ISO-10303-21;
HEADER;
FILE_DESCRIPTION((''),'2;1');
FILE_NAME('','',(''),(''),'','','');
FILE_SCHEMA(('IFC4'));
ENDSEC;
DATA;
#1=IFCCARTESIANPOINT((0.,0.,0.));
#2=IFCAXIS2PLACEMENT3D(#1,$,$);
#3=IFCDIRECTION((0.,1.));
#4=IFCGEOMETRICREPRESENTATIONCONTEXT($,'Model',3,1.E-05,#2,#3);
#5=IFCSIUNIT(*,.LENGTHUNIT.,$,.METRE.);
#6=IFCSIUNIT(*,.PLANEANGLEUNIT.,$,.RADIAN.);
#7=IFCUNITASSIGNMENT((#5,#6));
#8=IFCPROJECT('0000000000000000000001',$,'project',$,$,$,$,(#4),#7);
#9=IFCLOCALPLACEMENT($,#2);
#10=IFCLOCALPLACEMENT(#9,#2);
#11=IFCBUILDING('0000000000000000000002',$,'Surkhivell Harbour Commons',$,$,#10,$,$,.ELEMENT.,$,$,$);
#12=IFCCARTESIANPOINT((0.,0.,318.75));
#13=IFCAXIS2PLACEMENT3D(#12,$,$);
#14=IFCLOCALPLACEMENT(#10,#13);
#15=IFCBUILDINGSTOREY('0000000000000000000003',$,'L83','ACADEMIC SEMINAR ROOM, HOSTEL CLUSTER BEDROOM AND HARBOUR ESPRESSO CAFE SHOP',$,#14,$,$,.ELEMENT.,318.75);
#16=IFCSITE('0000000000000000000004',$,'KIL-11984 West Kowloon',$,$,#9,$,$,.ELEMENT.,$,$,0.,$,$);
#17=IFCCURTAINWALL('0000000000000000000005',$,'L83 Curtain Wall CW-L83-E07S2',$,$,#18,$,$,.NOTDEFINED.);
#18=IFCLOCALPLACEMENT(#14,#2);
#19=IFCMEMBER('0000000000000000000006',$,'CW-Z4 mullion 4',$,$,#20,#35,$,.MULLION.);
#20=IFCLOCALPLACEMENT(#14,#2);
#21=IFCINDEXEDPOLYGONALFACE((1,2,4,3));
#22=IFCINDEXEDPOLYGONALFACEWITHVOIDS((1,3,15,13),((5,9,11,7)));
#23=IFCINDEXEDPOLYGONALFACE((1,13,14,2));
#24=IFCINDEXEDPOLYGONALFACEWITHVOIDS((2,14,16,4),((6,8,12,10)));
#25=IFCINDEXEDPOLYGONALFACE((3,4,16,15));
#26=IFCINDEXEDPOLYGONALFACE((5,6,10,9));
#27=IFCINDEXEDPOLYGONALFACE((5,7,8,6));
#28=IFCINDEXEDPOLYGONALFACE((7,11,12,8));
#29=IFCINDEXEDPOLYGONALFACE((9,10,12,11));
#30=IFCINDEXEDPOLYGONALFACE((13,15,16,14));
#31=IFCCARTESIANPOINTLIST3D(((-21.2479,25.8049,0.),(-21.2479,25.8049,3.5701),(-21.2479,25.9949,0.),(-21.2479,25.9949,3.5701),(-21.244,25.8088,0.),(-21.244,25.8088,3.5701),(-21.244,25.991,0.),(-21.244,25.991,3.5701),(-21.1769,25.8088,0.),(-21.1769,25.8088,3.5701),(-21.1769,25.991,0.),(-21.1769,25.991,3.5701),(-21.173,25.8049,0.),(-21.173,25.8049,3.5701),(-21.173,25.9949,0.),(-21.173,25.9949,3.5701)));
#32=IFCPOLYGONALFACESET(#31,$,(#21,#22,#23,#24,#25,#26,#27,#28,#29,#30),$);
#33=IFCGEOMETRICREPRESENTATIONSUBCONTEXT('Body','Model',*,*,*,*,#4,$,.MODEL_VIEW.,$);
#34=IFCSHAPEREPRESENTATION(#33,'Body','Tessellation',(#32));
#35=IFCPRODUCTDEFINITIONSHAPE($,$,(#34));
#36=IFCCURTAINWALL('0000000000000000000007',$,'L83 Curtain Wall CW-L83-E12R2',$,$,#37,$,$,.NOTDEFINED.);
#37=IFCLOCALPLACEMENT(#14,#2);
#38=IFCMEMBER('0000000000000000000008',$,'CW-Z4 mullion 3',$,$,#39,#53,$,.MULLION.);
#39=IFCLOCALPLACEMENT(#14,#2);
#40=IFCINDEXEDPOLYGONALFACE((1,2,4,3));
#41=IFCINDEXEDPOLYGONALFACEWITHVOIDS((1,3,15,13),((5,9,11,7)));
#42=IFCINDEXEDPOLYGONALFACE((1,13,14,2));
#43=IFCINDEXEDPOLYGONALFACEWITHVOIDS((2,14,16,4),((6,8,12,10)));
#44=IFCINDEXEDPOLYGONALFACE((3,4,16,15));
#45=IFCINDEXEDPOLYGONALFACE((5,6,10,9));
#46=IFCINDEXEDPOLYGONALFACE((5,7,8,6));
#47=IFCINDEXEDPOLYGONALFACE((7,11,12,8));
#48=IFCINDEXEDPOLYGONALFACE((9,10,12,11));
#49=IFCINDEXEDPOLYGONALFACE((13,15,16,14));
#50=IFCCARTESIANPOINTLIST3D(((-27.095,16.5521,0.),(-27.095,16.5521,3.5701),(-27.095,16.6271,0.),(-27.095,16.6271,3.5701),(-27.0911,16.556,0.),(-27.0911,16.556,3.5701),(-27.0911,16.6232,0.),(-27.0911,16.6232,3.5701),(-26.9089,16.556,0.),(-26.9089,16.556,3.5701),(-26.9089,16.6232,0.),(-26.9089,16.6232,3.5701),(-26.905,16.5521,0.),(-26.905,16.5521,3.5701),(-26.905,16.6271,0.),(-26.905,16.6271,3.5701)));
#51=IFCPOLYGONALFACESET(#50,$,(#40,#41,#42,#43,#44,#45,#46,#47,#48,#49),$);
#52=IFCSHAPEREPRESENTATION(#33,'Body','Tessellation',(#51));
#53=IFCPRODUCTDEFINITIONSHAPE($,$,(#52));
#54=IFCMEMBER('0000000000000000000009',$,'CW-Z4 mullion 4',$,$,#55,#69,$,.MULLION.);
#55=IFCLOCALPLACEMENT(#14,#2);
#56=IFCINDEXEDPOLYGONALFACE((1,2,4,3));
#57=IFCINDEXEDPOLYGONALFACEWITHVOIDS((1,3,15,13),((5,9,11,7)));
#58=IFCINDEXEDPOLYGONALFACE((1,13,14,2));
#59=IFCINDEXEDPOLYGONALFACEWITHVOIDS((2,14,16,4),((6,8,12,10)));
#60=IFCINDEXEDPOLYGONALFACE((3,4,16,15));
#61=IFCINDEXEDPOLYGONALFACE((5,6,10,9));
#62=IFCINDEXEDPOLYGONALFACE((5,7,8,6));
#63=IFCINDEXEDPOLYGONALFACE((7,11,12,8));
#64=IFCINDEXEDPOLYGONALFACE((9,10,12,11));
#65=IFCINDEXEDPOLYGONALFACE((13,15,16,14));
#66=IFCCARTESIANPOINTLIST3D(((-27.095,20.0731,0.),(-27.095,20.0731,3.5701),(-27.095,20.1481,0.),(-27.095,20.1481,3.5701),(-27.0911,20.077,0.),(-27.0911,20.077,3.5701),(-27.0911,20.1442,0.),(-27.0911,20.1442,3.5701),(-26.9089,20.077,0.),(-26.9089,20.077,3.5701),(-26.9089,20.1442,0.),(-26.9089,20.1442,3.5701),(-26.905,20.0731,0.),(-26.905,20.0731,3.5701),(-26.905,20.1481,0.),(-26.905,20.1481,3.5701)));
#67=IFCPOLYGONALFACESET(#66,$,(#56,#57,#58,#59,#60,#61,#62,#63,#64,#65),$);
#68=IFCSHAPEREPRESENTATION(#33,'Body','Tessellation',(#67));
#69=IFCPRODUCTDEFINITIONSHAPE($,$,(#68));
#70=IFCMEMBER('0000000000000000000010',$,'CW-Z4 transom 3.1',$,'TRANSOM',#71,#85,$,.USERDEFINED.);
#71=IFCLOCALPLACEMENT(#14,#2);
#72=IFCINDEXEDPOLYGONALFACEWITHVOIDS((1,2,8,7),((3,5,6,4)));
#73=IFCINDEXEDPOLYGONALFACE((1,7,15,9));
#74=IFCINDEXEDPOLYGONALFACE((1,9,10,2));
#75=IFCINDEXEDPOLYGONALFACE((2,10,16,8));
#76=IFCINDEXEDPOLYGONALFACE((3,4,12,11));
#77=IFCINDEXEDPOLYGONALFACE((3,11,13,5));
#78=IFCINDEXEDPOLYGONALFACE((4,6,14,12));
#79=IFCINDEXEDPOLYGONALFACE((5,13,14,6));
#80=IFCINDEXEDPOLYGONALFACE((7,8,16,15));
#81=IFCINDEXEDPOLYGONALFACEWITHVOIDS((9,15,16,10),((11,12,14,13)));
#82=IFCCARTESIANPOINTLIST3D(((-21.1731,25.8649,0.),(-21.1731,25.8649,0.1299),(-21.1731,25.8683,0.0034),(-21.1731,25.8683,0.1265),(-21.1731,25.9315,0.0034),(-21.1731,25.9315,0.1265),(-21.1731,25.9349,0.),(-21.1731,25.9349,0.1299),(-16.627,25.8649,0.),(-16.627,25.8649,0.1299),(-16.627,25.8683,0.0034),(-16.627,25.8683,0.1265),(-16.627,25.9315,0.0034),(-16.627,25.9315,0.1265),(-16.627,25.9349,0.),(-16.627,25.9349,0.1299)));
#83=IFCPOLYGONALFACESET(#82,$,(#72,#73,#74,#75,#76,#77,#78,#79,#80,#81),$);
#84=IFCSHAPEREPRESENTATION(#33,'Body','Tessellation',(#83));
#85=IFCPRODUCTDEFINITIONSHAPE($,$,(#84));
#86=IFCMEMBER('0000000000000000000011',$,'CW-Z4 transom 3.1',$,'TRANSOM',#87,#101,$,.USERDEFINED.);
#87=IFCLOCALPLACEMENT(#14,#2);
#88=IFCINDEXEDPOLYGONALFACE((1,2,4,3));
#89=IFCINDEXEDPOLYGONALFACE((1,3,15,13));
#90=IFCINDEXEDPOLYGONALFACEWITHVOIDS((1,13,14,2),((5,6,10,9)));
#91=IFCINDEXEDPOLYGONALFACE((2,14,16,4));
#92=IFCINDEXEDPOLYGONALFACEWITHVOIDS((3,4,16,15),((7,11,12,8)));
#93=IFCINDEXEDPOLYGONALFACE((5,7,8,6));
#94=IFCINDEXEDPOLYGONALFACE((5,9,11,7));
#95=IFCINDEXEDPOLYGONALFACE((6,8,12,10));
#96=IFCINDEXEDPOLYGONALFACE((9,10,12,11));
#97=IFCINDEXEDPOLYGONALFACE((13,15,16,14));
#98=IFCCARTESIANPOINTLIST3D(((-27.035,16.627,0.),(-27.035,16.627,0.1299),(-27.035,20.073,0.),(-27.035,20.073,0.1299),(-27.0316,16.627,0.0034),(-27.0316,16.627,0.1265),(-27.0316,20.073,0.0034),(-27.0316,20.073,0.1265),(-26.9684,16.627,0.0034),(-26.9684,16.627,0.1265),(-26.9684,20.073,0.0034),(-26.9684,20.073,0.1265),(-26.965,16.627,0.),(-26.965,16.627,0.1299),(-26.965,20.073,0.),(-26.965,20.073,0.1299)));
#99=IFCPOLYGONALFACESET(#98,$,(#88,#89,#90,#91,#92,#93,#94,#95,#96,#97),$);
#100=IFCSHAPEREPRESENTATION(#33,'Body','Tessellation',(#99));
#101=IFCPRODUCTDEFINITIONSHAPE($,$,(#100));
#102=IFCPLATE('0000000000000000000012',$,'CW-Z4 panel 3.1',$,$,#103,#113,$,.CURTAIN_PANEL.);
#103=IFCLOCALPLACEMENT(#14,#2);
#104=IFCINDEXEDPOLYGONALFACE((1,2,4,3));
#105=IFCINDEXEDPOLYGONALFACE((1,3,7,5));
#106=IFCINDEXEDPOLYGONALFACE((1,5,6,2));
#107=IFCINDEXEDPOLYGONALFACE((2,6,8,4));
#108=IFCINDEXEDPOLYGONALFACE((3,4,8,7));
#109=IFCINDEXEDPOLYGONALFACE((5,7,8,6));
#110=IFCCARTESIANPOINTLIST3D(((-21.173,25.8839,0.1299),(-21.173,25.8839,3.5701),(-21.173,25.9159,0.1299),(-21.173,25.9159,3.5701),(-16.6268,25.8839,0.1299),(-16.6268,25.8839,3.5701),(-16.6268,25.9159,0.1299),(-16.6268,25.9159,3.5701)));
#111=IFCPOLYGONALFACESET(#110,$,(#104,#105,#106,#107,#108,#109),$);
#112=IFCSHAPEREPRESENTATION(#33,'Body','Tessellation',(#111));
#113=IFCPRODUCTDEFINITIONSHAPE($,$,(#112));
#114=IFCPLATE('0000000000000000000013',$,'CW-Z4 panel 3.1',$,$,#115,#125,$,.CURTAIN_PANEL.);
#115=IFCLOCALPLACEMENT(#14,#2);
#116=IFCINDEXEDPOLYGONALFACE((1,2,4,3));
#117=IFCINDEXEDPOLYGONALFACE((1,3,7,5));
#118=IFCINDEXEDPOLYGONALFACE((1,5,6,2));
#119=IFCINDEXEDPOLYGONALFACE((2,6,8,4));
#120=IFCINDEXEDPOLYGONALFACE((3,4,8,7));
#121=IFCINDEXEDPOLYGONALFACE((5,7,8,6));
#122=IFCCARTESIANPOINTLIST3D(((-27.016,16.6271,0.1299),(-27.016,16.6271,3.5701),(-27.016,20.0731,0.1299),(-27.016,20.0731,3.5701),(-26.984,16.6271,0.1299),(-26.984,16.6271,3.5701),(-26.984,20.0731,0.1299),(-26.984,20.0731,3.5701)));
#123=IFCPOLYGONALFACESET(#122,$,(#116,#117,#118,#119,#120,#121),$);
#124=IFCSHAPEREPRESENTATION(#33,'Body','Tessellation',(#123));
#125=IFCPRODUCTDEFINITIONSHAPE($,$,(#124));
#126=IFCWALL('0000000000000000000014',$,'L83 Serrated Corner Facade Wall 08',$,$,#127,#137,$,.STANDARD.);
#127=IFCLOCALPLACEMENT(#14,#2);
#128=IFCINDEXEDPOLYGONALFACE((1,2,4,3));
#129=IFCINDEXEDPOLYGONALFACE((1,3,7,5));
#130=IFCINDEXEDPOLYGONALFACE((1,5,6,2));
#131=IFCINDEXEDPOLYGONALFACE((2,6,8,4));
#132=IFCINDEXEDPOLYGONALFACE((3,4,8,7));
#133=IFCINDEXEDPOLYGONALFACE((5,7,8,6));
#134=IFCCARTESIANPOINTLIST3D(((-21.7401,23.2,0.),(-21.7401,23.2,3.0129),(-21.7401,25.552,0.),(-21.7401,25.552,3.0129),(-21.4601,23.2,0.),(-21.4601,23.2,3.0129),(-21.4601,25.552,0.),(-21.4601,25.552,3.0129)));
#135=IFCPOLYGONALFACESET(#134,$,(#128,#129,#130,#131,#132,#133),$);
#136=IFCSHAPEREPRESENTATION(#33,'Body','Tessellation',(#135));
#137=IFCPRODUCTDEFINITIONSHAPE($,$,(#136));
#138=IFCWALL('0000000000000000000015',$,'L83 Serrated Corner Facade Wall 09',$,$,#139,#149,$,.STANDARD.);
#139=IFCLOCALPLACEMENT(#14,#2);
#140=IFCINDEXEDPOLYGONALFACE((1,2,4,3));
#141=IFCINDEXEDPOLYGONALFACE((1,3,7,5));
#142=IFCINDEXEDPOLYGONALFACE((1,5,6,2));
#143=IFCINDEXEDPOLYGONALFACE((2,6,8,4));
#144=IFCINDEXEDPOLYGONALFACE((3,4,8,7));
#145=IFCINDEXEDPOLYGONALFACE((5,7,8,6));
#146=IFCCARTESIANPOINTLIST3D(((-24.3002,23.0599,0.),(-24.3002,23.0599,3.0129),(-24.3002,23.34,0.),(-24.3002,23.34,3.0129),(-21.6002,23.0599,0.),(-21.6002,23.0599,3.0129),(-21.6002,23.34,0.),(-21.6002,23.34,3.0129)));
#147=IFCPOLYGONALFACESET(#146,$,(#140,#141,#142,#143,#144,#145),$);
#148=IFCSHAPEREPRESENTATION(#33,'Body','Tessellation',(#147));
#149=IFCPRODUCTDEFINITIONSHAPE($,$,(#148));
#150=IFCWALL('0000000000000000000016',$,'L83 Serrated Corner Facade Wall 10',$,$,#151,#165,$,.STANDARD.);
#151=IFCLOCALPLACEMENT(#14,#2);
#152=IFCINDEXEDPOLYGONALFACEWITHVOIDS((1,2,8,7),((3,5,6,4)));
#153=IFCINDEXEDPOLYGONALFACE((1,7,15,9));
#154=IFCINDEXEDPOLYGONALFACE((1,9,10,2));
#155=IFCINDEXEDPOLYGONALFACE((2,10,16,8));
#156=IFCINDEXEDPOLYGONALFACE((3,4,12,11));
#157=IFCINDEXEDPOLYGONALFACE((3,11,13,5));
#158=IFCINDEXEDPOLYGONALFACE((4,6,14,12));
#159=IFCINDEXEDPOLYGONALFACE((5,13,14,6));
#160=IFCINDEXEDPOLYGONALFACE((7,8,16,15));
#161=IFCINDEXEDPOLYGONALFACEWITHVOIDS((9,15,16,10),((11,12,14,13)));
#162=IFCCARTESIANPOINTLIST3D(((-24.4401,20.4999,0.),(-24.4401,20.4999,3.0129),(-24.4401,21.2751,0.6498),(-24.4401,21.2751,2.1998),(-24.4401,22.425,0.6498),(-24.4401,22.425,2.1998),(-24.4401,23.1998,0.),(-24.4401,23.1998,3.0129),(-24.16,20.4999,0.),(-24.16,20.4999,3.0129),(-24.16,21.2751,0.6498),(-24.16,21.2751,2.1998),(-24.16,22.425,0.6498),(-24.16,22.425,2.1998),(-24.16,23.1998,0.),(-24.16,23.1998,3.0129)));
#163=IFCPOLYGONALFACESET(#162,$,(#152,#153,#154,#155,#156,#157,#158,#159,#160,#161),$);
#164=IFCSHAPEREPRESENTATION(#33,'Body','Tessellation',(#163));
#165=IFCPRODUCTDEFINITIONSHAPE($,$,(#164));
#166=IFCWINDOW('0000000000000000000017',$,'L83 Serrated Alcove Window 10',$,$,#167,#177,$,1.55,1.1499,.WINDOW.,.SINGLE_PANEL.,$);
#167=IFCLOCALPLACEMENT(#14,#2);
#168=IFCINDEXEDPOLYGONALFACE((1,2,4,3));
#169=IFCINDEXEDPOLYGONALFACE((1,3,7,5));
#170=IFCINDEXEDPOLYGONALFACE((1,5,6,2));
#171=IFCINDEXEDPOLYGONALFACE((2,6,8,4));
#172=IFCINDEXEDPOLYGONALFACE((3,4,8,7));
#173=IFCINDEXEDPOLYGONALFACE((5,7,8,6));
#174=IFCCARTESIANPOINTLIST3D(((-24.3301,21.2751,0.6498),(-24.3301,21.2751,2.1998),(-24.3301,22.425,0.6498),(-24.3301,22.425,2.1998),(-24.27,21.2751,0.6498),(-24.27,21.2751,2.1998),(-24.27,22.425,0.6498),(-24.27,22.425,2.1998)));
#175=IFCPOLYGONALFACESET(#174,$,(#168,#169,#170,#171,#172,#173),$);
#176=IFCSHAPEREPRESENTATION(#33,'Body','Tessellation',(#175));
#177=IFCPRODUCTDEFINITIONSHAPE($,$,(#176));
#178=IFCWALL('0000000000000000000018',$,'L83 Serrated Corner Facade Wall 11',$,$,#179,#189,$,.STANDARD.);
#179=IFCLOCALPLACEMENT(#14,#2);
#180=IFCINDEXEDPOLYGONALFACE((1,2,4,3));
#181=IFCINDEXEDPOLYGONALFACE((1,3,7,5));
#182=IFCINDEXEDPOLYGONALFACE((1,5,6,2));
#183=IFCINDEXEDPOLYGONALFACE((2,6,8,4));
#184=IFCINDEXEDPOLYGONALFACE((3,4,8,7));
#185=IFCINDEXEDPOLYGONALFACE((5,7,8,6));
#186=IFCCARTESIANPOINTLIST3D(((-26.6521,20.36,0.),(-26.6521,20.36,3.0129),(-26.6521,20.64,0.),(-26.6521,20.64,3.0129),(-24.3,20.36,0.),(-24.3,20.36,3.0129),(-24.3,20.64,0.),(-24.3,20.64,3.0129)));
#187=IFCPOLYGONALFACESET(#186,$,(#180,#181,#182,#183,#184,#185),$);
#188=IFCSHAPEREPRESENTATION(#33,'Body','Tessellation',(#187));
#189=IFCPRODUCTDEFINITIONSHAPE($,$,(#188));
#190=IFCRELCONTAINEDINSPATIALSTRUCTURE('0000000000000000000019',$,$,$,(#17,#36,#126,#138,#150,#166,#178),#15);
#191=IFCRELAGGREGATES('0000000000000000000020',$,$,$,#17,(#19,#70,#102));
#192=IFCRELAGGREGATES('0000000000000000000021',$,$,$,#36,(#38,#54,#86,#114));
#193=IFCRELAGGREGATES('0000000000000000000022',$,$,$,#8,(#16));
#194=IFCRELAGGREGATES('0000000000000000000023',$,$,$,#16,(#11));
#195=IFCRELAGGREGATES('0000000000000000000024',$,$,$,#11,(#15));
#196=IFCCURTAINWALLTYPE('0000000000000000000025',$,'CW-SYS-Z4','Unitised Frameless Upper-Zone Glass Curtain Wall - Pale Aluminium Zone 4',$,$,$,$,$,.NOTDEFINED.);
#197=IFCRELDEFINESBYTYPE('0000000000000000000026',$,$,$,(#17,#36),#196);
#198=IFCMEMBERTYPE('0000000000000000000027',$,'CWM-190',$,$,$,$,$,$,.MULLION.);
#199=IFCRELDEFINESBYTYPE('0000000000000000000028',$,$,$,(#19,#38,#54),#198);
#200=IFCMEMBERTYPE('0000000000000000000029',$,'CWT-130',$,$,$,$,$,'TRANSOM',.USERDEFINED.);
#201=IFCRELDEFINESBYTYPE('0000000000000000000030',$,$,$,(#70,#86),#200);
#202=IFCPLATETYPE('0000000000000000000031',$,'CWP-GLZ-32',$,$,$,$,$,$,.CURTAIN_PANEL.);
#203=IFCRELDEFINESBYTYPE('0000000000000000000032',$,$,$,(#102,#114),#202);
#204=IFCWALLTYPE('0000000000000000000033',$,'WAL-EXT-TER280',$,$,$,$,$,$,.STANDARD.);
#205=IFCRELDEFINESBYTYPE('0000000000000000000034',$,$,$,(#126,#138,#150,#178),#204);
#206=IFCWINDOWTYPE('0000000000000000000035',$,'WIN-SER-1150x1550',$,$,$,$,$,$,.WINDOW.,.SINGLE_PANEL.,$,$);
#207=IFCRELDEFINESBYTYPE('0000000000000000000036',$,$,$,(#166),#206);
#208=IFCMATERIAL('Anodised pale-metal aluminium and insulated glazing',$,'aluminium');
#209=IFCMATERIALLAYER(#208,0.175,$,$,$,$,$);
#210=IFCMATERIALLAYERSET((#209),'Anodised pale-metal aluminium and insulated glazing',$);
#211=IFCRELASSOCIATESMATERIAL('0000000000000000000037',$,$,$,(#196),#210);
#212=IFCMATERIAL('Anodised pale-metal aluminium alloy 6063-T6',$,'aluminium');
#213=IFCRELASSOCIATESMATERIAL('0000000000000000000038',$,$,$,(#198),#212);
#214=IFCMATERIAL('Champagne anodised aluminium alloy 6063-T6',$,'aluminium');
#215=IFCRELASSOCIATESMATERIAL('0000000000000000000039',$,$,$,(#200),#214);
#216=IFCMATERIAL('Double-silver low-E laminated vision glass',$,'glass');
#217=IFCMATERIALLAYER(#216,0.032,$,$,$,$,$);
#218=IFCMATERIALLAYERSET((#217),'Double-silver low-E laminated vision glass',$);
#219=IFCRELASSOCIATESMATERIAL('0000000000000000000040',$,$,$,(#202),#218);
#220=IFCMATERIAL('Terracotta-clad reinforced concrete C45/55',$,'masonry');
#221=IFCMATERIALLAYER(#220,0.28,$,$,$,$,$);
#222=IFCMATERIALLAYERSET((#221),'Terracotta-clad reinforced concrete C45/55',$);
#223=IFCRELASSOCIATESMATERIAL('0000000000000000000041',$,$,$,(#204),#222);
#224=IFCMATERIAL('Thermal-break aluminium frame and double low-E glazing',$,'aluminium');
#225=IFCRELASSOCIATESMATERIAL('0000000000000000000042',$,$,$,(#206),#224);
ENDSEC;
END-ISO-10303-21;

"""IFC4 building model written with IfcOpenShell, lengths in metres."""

from ifc_helpers import new_model, si_unit, direction, frame, frame_2d, origin, origin_2d, place, context, subcontext, project, spatial, rectangle, hollow_rectangle, extrude, material, layer, layer_set, material_profile, profile_set, type_object, element, fill, aggregate, save


model = new_model("IFC4")

# Units and contexts
model_context = context("Model", 3, precision=1e-05, world=origin(), true_north=direction((0.0, 1.0)))
body_context = subcontext(model_context, "Body", "Model", "MODEL_VIEW")
ifc_project = project(units=[si_unit("LENGTHUNIT", "METRE"), si_unit("PLANEANGLEUNIT", "RADIAN")], contexts=[model_context])

# Site, building, storey
site_placement = place(None, origin())
site = spatial("IfcSite", under=ifc_project, at=site_placement, Name="KIL-11984 West Kowloon", CompositionType="ELEMENT", RefElevation=0.0)
building_placement = place(site_placement, origin())
building = spatial("IfcBuilding", under=site, at=building_placement, Name="Surkhivell Harbour Commons", CompositionType="ELEMENT")
storey_placement = place(building_placement, frame((0.0, 0.0, 318.75)))
storey = spatial("IfcBuildingStorey", under=building, at=storey_placement, Name="L83", Description="ACADEMIC SEMINAR ROOM, HOSTEL CLUSTER BEDROOM AND HARBOUR ESPRESSO CAFE SHOP", CompositionType="ELEMENT", Elevation=318.75)

# Curtain walls, members
ifc_material_1 = material(Name="Anodised pale-metal aluminium and insulated glazing", Category="aluminium")
ifc_layer_1 = layer(ifc_material_1, 0.175)
ifc_layer_set_1 = layer_set([ifc_layer_1], Name="Anodised pale-metal aluminium and insulated glazing")
curtain_wall_type = type_object("IfcCurtainWallType", Name="CW-SYS-Z4", Description="Unitised Frameless Upper-Zone Glass Curtain Wall - Pale Aluminium Zone 4", PredefinedType="NOTDEFINED", material=ifc_layer_set_1)
curtain_wall_1_placement = place(storey_placement, origin())
curtain_wall_1 = element("IfcCurtainWall", 1, at=curtain_wall_1_placement, inside=storey, type_object=curtain_wall_type, Name="L83 Curtain Wall CW-L83-E07S2", PredefinedType="NOTDEFINED")
ifc_material_2 = material(Name="Anodised pale-metal aluminium alloy 6063-T6", Category="aluminium")
ifc_material_profile_1 = material_profile(ifc_material_2, hollow_rectangle(XDim=0.075, YDim=0.1899, WallThickness=0.0039, at=origin_2d()), Name="ALU-MULL-75x190")
ifc_profile_set_1 = profile_set([ifc_material_profile_1], Name="Anodised pale-metal aluminium alloy 6063-T6")
member_type_1 = type_object("IfcMemberType", Name="CWM-190", PredefinedType="MULLION", material=ifc_profile_set_1)
member_1_placement = place(storey_placement, frame((-21.2104, 25.8999, 0.0), z_axis=(0.0, 0.0, 1.0), x_axis=(-1.0, 0.0, 0.0)))
member_1 = element("IfcMember", 2, at=member_1_placement, type_object=member_type_1, Name="CW-Z4 mullion 4", PredefinedType="MULLION", context=body_context, shape_type="SweptSolid", body=[
    extrude(hollow_rectangle(XDim=0.075, YDim=0.1899, WallThickness=0.0039, at=origin_2d()), origin(), (0.0, 0.0, 1.0), 3.5701),
])
curtain_wall_2_placement = place(storey_placement, origin())
curtain_wall_2 = element("IfcCurtainWall", 3, at=curtain_wall_2_placement, inside=storey, type_object=curtain_wall_type, Name="L83 Curtain Wall CW-L83-E12R2", PredefinedType="NOTDEFINED")
member_2_placement = place(storey_placement, frame((-27.0, 16.5896, 0.0), z_axis=(0.0, 0.0, 1.0), x_axis=(0.0, 1.0, 0.0)))
member_2 = element("IfcMember", 4, at=member_2_placement, type_object=member_type_1, Name="CW-Z4 mullion 3", PredefinedType="MULLION", context=body_context, shape_type="SweptSolid", body=[
    extrude(hollow_rectangle(XDim=0.075, YDim=0.1899, WallThickness=0.0039, at=origin_2d()), origin(), (0.0, 0.0, 1.0), 3.5701),
])
member_3_placement = place(storey_placement, frame((-27.0, 20.1106, 0.0), z_axis=(0.0, 0.0, 1.0), x_axis=(0.0, 1.0, 0.0)))
member_3 = element("IfcMember", 5, at=member_3_placement, type_object=member_type_1, Name="CW-Z4 mullion 4", PredefinedType="MULLION", context=body_context, shape_type="SweptSolid", body=[
    extrude(hollow_rectangle(XDim=0.075, YDim=0.1899, WallThickness=0.0039, at=origin_2d()), origin(), (0.0, 0.0, 1.0), 3.5701),
])

# Members
ifc_material_3 = material(Name="Champagne anodised aluminium alloy 6063-T6", Category="aluminium")
ifc_material_profile_2 = material_profile(ifc_material_3, hollow_rectangle(XDim=0.0701, YDim=0.1299, WallThickness=0.0034, at=origin_2d()), Name="ALU-TRAN-70x130")
ifc_profile_set_2 = profile_set([ifc_material_profile_2], Name="Champagne anodised aluminium alloy 6063-T6")
member_type_2 = type_object("IfcMemberType", Name="CWT-130", ElementType="TRANSOM", PredefinedType="USERDEFINED", material=ifc_profile_set_2)
member_4_placement = place(storey_placement, frame((-16.627, 25.8999, 0.0649), z_axis=(-1.0, 0.0, 0.0), x_axis=(0.0, -1.0, 0.0)))
member_4 = element("IfcMember", 6, at=member_4_placement, type_object=member_type_2, Name="CW-Z4 transom 3.1", ObjectType="TRANSOM", PredefinedType="USERDEFINED", context=body_context, shape_type="SweptSolid", body=[
    extrude(hollow_rectangle(XDim=0.0701, YDim=0.1299, WallThickness=0.0034, at=origin_2d()), origin(), (0.0, 0.0, 1.0), 4.5461),
])
member_5_placement = place(storey_placement, frame((-27.0, 16.627, 0.0649), z_axis=(0.0, 1.0, 0.0), x_axis=(-1.0, 0.0, 0.0)))
member_5 = element("IfcMember", 7, at=member_5_placement, type_object=member_type_2, Name="CW-Z4 transom 3.1", ObjectType="TRANSOM", PredefinedType="USERDEFINED", context=body_context, shape_type="SweptSolid", body=[
    extrude(hollow_rectangle(XDim=0.0701, YDim=0.1299, WallThickness=0.0034, at=origin_2d()), origin(), (0.0, 0.0, 1.0), 3.446),
])

# Plates
ifc_material_4 = material(Name="Double-silver low-E laminated vision glass", Category="glass")
ifc_layer_2 = layer(ifc_material_4, 0.032)
ifc_layer_set_2 = layer_set([ifc_layer_2], Name="Double-silver low-E laminated vision glass")
plate_type = type_object("IfcPlateType", Name="CWP-GLZ-32", PredefinedType="CURTAIN_PANEL", material=ifc_layer_set_2)
plate_1_placement = place(storey_placement, frame((-16.627, 25.8999, 0.1299), z_axis=(0.0, 0.0, 1.0), x_axis=(-1.0, 0.0, 0.0)))
plate_1 = element("IfcPlate", 8, at=plate_1_placement, type_object=plate_type, Name="CW-Z4 panel 3.1", PredefinedType="CURTAIN_PANEL", context=body_context, shape_type="SweptSolid", body=[
    extrude(rectangle(XDim=4.5461, YDim=0.032, at=frame_2d((2.2729, 0.0))), origin(), (0.0, 0.0, 1.0), 3.4402),
])
aggregate(curtain_wall_1, [member_1, member_4, plate_1])
plate_2_placement = place(storey_placement, frame((-27.0, 16.627, 0.1299), z_axis=(0.0, 0.0, 1.0), x_axis=(0.0, 1.0, 0.0)))
plate_2 = element("IfcPlate", 9, at=plate_2_placement, type_object=plate_type, Name="CW-Z4 panel 3.1", PredefinedType="CURTAIN_PANEL", context=body_context, shape_type="SweptSolid", body=[
    extrude(rectangle(XDim=3.446, YDim=0.032, at=frame_2d((1.7231, 0.0))), origin(), (0.0, 0.0, 1.0), 3.4402),
])
aggregate(curtain_wall_2, [member_2, member_3, member_5, plate_2])

# Walls
ifc_material_5 = material(Name="Terracotta-clad reinforced concrete C45/55", Category="masonry")
ifc_layer_3 = layer(ifc_material_5, 0.28)
ifc_layer_set_3 = layer_set([ifc_layer_3], Name="Terracotta-clad reinforced concrete C45/55")
wall_type = type_object("IfcWallType", Name="WAL-EXT-TER280", PredefinedType="STANDARD", material=ifc_layer_set_3)
wall_1_placement = place(storey_placement, frame((-21.6001, 25.552, 0.0), z_axis=(0.0, 0.0, 1.0), x_axis=(0.0, -1.0, 0.0)))
element("IfcWall", 10, at=wall_1_placement, inside=storey, type_object=wall_type, Name="L83 Serrated Corner Facade Wall 08", PredefinedType="STANDARD", context=body_context, shape_type="SweptSolid", body=[
    extrude(rectangle(XDim=2.3521, YDim=0.28, at=frame_2d((1.176, 0.0))), origin(), (0.0, 0.0, 1.0), 3.0129),
])
wall_2_placement = place(storey_placement, frame((-21.6001, 23.2, 0.0), z_axis=(0.0, 0.0, 1.0), x_axis=(-1.0, 0.0, 0.0)))
element("IfcWall", 11, at=wall_2_placement, inside=storey, type_object=wall_type, Name="L83 Serrated Corner Facade Wall 09", PredefinedType="STANDARD", context=body_context, shape_type="SweptSolid", body=[
    extrude(rectangle(XDim=2.7, YDim=0.28, at=frame_2d((1.3501, 0.0))), origin(), (0.0, 0.0, 1.0), 3.0129),
])

# Wall, opening, window
wall_3_placement = place(storey_placement, frame((-24.3, 23.2, 0.0), z_axis=(0.0, 0.0, 1.0), x_axis=(0.0, -1.0, 0.0)))
wall_3 = element("IfcWall", 12, at=wall_3_placement, inside=storey, type_object=wall_type, Name="L83 Serrated Corner Facade Wall 10", PredefinedType="STANDARD", context=body_context, shape_type="SweptSolid", body=[
    extrude(rectangle(XDim=2.7, YDim=0.28, at=frame_2d((1.3501, 0.0))), origin(), (0.0, 0.0, 1.0), 3.0129),
])
opening_placement = place(wall_3_placement, frame((0.7749, 0.0, 0.6499)))
opening = element("IfcOpeningElement", 13, at=opening_placement, cuts=wall_3, PredefinedType="OPENING", context=body_context, shape_type="SweptSolid", body=[
    extrude(rectangle(XDim=1.1499, YDim=1.55, at=frame_2d((0.575, 0.7749))), frame((0.0, 0.1499, 0.0), z_axis=(0.0, -1.0, 0.0), x_axis=(1.0, 0.0, 0.0)), (0.0, 0.0, 1.0), 0.3),
])
ifc_material_6 = material(Name="Thermal-break aluminium frame and double low-E glazing", Category="aluminium")
window_type = type_object("IfcWindowType", Name="WIN-SER-1150x1550", PartitioningType="SINGLE_PANEL", PredefinedType="WINDOW", material=ifc_material_6)
window_placement = place(opening_placement, origin())
window = element("IfcWindow", 14, at=window_placement, inside=storey, type_object=window_type, Name="L83 Serrated Alcove Window 10", OverallHeight=1.55, OverallWidth=1.1499, PartitioningType="SINGLE_PANEL", PredefinedType="WINDOW", context=body_context, shape_type="SweptSolid", body=[
    extrude(rectangle(XDim=1.1499, YDim=1.55, at=frame_2d((0.575, 0.7749))), frame((0.0, 0.03, 0.0), z_axis=(0.0, -1.0, 0.0), x_axis=(1.0, 0.0, 0.0)), (0.0, 0.0, 1.0), 0.0601),
])
fill(opening, window)

# Wall
wall_4_placement = place(storey_placement, frame((-24.3, 20.5, 0.0), z_axis=(0.0, 0.0, 1.0), x_axis=(-1.0, 0.0, 0.0)))
element("IfcWall", 15, at=wall_4_placement, inside=storey, type_object=wall_type, Name="L83 Serrated Corner Facade Wall 11", PredefinedType="STANDARD", context=body_context, shape_type="SweptSolid", body=[
    extrude(rectangle(XDim=2.3521, YDim=0.28, at=frame_2d((1.176, 0.0))), origin(), (0.0, 0.0, 1.0), 3.0129),
])

save(model, "model.ifc")
